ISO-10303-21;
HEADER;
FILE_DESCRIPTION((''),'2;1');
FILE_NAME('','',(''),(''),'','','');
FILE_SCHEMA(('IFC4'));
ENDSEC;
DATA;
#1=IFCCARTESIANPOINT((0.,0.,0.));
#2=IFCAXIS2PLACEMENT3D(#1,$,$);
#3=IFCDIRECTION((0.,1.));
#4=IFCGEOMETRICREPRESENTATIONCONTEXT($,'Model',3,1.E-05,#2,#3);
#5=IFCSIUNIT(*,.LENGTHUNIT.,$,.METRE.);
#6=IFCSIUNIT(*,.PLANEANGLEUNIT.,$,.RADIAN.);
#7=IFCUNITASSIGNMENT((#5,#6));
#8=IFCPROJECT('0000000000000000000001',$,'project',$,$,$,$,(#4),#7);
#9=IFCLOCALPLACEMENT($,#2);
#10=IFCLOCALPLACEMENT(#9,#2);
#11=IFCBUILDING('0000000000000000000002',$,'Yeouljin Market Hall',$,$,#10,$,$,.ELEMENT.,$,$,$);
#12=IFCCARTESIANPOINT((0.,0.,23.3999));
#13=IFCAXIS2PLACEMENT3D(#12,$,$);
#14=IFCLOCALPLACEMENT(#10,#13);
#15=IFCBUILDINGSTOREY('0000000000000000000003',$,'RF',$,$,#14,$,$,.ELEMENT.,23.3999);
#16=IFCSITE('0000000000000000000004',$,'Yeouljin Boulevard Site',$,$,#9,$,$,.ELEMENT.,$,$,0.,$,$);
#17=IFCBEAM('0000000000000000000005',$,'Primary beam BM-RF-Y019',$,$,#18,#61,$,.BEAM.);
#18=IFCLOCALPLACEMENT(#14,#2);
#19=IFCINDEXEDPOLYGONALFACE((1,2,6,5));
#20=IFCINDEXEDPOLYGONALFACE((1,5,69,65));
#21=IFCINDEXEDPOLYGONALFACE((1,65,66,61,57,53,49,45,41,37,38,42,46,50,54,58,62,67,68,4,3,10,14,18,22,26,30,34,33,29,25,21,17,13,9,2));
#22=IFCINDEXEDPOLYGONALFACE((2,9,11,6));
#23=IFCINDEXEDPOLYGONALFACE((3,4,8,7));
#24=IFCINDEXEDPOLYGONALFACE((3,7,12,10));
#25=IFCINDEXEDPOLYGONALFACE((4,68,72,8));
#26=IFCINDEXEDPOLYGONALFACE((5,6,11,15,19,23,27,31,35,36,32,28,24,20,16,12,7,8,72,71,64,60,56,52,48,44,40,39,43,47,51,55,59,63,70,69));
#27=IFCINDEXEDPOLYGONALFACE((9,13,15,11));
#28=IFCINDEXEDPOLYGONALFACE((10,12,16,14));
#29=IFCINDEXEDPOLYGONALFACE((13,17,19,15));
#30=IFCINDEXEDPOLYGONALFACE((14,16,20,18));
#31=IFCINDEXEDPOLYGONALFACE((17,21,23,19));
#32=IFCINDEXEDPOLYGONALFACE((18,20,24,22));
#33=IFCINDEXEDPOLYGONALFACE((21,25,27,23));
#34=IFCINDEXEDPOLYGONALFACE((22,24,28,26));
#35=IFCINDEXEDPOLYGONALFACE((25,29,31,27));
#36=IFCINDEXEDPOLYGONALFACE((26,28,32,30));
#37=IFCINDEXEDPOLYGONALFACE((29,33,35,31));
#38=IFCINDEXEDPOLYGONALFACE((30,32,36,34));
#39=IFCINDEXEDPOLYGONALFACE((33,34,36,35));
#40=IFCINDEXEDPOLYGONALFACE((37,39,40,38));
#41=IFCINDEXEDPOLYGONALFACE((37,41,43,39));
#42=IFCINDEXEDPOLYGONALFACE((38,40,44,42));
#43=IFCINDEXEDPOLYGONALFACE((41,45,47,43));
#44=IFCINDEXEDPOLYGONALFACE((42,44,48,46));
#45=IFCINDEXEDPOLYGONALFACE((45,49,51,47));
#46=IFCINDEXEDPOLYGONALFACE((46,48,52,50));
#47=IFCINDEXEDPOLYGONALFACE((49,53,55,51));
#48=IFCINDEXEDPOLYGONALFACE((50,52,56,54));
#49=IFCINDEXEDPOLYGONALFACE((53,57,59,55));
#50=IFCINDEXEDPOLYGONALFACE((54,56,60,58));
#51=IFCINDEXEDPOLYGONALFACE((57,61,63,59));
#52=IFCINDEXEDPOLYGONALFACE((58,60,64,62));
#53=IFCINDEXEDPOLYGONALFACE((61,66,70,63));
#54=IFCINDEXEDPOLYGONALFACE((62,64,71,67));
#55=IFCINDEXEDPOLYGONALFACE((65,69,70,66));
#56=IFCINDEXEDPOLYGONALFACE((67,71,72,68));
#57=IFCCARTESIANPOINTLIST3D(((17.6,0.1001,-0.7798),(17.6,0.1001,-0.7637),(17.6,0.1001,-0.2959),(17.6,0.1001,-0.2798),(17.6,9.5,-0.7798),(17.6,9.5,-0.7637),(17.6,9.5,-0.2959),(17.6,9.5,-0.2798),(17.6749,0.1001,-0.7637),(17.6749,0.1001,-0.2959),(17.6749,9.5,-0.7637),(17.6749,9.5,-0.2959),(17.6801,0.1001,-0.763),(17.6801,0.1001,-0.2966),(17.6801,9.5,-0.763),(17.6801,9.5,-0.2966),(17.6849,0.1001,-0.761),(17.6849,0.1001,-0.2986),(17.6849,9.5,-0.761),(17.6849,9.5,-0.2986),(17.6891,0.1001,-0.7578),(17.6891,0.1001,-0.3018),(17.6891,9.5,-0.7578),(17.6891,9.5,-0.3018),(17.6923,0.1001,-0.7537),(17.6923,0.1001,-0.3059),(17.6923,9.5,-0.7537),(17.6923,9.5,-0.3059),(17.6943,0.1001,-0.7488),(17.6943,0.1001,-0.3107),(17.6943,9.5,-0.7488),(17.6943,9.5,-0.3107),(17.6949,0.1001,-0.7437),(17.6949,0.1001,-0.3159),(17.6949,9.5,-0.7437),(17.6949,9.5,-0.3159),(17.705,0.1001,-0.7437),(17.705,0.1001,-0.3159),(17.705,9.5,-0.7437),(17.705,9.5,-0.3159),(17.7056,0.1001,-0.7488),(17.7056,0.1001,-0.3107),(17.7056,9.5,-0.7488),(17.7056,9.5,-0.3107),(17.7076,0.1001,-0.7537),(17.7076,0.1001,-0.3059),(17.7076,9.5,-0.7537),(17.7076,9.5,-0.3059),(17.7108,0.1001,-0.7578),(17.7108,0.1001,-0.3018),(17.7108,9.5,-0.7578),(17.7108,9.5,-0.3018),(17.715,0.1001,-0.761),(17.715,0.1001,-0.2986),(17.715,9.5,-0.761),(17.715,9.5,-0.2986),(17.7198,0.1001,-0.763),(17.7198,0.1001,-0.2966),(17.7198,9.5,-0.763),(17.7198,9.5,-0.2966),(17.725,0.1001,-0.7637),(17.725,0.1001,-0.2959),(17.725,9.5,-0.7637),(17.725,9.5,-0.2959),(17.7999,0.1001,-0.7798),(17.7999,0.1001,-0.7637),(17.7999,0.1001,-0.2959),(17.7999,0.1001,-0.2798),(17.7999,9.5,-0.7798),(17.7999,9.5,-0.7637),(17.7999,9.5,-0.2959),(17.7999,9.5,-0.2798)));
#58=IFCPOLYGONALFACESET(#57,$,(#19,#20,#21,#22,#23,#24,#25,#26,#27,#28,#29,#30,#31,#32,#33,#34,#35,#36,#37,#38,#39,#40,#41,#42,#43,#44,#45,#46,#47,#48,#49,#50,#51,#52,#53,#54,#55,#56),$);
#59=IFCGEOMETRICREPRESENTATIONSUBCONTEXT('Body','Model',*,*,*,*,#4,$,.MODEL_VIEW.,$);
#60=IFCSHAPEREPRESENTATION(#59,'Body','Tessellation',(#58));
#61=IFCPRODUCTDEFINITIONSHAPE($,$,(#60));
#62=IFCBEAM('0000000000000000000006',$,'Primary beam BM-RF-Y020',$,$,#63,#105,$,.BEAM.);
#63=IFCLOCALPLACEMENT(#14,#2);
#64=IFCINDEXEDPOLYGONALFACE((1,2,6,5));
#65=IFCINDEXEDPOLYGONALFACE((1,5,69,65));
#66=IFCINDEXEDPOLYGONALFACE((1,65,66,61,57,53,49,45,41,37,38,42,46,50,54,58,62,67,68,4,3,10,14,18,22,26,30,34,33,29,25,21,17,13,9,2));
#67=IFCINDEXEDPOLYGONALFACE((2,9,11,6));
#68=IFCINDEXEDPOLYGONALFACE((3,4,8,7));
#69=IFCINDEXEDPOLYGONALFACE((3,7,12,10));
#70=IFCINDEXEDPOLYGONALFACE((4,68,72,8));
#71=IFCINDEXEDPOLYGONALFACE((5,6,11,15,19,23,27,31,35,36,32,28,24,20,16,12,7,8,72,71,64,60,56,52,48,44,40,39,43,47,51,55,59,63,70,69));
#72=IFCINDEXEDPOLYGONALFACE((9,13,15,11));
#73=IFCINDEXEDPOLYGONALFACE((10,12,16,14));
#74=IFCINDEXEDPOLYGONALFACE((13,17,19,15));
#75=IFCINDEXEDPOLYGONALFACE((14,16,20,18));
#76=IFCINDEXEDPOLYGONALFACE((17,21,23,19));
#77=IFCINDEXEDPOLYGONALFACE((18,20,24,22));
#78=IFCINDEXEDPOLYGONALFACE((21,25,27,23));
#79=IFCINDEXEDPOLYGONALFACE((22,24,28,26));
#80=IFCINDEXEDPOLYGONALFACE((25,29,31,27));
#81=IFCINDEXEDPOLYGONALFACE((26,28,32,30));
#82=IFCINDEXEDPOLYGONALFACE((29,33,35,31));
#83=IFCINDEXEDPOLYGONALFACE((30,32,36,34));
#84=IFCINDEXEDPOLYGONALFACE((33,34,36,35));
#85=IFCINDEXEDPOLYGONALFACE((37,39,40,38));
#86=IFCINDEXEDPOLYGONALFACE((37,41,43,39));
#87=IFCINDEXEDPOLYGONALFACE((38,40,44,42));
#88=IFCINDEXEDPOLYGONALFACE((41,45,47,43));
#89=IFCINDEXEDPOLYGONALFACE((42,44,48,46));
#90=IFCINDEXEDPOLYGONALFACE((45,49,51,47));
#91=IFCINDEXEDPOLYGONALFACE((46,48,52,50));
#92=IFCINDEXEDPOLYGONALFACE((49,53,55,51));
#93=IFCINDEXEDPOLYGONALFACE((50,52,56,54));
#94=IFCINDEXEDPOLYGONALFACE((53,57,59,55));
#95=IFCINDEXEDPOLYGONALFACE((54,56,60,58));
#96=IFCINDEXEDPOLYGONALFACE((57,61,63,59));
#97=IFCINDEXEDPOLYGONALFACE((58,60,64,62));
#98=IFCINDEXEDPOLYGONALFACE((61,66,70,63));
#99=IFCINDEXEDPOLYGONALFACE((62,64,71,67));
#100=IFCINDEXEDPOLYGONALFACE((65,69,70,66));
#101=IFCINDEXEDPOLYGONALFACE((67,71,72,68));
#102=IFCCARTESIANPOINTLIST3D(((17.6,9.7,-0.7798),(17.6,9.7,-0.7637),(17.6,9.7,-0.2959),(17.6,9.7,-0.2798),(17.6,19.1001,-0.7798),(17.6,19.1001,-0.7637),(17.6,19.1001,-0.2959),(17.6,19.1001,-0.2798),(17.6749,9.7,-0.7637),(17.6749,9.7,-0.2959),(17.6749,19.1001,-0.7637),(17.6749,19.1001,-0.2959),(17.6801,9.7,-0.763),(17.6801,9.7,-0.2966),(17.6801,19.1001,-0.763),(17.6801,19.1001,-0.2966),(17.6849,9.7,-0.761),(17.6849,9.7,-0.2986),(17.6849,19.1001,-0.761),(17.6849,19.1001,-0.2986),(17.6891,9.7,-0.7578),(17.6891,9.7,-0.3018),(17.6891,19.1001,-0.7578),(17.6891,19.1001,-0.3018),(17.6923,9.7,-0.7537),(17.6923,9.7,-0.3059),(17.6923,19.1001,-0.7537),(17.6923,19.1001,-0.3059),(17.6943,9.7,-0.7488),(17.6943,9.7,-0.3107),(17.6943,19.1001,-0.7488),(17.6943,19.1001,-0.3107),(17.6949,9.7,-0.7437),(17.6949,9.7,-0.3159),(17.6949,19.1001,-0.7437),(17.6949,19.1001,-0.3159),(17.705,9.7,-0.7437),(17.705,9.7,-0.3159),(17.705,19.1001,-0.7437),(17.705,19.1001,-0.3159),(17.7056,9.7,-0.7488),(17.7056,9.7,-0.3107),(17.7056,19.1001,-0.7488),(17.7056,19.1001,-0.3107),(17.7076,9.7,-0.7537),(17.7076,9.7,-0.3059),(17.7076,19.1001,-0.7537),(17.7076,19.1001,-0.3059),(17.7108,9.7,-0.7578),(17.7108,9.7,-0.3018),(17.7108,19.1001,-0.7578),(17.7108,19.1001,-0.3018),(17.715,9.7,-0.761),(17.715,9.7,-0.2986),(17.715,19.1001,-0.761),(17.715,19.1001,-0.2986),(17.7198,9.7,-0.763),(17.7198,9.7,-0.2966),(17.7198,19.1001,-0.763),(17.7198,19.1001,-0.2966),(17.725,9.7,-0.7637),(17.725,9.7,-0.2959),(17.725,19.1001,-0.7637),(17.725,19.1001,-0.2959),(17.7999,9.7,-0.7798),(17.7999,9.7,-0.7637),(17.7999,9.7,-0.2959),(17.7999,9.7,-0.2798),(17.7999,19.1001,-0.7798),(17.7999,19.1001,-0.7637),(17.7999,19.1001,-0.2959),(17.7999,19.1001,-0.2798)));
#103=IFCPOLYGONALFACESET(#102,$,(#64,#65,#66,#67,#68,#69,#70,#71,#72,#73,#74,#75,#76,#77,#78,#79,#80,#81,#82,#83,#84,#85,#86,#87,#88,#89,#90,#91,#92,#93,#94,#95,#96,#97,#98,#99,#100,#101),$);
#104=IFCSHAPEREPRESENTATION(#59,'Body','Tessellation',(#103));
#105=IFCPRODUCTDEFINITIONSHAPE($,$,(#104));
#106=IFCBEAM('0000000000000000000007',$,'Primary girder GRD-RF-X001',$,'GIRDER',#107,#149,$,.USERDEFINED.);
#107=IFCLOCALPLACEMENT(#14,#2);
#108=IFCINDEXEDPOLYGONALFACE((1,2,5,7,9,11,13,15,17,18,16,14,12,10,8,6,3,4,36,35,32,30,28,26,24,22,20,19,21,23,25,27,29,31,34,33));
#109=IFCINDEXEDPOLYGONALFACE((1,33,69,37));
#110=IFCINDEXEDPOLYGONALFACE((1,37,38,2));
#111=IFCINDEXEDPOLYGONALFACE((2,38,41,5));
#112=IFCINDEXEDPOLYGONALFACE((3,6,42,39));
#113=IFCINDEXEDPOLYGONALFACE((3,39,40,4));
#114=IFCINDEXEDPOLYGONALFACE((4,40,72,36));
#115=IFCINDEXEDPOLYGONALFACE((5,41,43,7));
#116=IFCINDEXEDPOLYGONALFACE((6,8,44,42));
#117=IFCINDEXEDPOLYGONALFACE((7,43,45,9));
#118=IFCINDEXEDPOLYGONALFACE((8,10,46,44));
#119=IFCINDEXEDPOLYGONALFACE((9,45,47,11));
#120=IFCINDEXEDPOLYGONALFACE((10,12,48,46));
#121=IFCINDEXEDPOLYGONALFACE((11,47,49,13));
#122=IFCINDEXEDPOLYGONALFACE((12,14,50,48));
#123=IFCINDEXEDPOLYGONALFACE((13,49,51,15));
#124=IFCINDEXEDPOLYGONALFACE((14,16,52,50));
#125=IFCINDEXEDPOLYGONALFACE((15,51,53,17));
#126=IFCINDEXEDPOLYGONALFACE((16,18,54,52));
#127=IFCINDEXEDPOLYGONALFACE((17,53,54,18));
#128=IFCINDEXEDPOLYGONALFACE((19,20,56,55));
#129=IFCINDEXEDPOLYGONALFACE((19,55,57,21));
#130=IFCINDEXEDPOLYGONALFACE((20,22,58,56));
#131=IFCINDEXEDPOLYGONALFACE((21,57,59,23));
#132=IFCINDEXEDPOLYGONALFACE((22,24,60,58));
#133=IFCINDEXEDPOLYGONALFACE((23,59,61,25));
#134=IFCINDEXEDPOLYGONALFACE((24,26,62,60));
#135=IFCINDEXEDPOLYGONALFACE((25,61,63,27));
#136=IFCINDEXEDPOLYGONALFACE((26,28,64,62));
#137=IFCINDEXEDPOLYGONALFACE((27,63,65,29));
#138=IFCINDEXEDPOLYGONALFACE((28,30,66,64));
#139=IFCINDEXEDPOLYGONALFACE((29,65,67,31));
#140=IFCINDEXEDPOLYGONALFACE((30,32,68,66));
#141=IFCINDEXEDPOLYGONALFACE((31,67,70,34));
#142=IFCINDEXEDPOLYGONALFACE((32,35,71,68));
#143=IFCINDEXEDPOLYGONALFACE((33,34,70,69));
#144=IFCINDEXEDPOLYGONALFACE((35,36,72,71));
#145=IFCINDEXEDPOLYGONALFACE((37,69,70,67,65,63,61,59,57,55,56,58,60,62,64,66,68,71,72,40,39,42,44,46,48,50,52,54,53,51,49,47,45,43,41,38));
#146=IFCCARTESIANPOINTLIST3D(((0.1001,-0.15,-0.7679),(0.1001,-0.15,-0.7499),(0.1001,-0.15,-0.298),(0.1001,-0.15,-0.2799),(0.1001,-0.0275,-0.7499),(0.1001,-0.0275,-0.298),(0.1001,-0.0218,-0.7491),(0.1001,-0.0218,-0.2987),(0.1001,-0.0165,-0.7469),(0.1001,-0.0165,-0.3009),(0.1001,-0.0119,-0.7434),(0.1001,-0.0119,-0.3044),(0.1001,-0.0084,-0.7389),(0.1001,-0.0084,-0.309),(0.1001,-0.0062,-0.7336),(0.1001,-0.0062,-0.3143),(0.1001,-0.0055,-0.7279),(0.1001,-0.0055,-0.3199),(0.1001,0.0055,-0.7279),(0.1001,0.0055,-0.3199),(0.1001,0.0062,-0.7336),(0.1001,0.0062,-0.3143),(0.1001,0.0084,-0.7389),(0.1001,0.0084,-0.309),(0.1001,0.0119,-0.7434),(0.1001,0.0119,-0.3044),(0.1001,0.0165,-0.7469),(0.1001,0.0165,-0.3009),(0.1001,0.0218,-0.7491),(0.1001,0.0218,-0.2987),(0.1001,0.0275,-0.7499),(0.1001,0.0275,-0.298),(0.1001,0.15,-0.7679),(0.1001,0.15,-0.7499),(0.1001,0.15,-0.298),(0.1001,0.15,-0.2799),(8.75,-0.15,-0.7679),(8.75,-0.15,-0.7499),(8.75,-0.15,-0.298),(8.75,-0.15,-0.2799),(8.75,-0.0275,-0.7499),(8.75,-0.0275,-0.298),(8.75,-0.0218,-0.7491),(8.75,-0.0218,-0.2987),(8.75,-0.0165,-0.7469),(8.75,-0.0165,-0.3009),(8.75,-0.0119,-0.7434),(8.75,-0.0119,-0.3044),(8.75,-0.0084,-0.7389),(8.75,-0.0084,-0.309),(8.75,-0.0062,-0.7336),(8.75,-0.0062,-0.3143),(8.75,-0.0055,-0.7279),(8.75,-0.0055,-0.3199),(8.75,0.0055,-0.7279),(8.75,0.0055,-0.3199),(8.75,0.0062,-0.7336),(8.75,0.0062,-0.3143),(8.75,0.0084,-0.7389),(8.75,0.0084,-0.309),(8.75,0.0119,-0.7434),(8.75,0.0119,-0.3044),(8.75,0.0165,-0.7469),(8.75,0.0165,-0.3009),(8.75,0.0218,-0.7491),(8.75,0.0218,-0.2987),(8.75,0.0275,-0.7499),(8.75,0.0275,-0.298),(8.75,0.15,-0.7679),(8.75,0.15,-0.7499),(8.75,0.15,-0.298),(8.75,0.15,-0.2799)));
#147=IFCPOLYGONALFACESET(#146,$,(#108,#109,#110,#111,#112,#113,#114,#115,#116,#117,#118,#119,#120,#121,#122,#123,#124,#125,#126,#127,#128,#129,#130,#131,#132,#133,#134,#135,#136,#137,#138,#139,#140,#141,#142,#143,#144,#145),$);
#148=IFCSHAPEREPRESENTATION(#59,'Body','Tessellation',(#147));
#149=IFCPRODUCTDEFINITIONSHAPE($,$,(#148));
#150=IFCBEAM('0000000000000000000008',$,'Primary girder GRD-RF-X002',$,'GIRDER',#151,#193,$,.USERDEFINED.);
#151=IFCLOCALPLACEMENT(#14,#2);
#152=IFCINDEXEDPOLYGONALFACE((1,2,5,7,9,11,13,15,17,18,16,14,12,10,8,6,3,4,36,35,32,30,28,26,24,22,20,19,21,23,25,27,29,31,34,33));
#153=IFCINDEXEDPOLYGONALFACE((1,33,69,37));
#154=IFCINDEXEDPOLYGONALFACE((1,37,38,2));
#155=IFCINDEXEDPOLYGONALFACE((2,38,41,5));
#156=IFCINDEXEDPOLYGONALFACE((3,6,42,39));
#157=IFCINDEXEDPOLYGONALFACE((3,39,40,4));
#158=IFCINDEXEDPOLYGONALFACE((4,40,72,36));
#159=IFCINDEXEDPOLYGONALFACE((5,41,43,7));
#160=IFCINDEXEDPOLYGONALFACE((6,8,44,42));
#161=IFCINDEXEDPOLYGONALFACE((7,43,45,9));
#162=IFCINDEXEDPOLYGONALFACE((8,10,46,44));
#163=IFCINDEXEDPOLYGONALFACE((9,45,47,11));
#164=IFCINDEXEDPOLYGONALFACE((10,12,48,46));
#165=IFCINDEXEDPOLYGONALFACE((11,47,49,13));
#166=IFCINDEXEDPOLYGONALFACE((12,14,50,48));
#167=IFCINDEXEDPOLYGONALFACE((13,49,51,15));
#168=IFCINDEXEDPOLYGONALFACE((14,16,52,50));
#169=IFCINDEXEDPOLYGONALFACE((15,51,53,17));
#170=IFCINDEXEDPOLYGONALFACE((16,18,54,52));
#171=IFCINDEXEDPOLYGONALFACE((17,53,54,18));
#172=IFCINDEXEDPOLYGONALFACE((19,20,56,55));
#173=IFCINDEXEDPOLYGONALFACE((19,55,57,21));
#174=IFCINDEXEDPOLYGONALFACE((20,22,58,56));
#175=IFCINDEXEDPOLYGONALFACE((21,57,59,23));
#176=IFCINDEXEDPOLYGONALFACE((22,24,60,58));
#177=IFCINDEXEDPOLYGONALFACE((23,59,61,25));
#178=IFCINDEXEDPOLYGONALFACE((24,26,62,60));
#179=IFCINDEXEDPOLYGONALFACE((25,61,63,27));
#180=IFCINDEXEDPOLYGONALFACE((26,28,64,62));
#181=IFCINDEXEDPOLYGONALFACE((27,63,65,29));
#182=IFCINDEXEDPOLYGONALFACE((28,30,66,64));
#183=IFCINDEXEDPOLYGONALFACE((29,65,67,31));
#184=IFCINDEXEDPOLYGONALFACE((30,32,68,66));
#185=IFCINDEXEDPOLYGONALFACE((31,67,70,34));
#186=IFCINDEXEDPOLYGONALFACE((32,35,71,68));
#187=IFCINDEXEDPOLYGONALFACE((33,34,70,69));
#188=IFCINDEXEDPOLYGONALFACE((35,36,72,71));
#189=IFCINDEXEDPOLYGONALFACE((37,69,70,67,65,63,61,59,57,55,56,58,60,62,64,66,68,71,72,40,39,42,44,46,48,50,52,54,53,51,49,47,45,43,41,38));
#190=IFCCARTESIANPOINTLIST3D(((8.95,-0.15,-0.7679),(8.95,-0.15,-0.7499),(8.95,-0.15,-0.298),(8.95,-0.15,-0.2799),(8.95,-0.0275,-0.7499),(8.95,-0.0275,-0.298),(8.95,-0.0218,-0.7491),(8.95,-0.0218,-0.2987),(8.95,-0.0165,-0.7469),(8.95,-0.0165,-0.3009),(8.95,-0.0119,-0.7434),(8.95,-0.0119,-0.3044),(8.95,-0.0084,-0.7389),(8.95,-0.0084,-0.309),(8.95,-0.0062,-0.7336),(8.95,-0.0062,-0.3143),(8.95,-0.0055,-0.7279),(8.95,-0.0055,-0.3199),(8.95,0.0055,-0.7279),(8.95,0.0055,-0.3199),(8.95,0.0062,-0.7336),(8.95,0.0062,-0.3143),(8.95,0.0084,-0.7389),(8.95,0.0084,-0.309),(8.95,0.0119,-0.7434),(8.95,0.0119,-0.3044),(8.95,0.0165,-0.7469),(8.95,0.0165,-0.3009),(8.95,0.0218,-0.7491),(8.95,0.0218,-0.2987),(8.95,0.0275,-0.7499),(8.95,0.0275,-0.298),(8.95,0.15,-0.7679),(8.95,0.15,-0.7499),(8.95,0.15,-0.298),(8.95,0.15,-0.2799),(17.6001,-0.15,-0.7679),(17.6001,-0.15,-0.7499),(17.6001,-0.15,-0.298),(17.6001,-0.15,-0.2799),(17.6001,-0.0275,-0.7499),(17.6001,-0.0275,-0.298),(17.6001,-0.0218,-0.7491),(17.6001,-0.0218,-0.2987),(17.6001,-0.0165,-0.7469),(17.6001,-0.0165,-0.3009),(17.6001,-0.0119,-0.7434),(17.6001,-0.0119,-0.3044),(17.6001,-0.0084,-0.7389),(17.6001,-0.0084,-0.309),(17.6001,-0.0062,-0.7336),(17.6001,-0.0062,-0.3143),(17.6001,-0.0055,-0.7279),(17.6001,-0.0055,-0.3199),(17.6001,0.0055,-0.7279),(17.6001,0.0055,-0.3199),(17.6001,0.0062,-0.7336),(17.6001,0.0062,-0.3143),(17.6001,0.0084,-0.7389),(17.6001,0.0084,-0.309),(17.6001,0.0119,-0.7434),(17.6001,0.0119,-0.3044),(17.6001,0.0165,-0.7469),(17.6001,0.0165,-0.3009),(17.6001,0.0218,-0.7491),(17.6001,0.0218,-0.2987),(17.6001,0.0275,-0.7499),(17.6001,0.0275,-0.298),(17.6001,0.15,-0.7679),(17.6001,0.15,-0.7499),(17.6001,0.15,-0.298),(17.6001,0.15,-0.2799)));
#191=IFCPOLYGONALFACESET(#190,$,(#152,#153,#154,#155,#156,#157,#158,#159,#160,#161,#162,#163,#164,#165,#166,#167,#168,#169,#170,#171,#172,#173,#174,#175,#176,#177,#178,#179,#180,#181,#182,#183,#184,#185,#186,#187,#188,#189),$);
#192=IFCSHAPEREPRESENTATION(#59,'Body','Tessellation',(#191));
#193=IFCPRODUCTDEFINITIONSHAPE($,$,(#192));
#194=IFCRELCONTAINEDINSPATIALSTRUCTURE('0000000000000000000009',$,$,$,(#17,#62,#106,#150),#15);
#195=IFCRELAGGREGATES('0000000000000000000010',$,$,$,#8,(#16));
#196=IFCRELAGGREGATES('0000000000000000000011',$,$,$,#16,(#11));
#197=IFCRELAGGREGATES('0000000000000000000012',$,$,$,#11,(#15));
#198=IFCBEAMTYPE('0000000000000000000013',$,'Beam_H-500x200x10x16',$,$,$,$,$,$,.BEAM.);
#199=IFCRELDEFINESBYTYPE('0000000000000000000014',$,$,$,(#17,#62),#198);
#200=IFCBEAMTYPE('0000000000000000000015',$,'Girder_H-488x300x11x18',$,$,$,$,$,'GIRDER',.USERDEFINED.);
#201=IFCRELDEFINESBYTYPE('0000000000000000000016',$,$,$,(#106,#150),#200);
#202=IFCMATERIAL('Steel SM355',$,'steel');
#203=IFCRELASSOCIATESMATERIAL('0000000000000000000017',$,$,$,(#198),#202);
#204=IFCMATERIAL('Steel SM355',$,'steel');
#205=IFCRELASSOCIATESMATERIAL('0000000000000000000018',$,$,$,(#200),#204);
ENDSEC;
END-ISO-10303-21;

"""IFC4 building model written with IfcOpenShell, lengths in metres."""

from ifc_helpers import new_model, si_unit, direction, frame, origin, origin_2d, place, context, subcontext, project, spatial, i_section, extrude, material, material_profile, profile_set, type_object, element, save


model = new_model("IFC4")

# Units and contexts
model_context = context("Model", 3, precision=1e-05, world=origin(), true_north=direction((0.0, 1.0)))
body_context = subcontext(model_context, "Body", "Model", "MODEL_VIEW")
ifc_project = project(units=[si_unit("LENGTHUNIT", "METRE"), si_unit("PLANEANGLEUNIT", "RADIAN")], contexts=[model_context])

# Site, building, storey
site_placement = place(None, origin())
site = spatial("IfcSite", under=ifc_project, at=site_placement, Name="Yeouljin Boulevard Site", CompositionType="ELEMENT", RefElevation=0.0)
building_placement = place(site_placement, origin())
building = spatial("IfcBuilding", under=site, at=building_placement, Name="Yeouljin Market Hall", CompositionType="ELEMENT")
storey_placement = place(building_placement, frame((0.0, 0.0, 23.3999)))
storey = spatial("IfcBuildingStorey", under=building, at=storey_placement, Name="RF", CompositionType="ELEMENT", Elevation=23.3999)

# Beams
ifc_material_1 = material(Name="Steel SM355", Category="steel")
ifc_material_profile_1 = material_profile(ifc_material_1, i_section(OverallWidth=0.2, OverallDepth=0.5, WebThickness=0.01, FlangeThickness=0.0161, FilletRadius=0.02, at=origin_2d()), Name="H-500x200x10x16")
ifc_profile_set_1 = profile_set([ifc_material_profile_1], Name="Steel SM355")
beam_type_1 = type_object("IfcBeamType", Name="Beam_H-500x200x10x16", PredefinedType="BEAM", material=ifc_profile_set_1)
beam_1_placement = place(storey_placement, frame((17.7, 0.1001, -0.5298), z_axis=(0.0, 1.0, 0.0), x_axis=(-1.0, 0.0, 0.0)))
element("IfcBeam", 1, at=beam_1_placement, inside=storey, type_object=beam_type_1, Name="Primary beam BM-RF-Y019", PredefinedType="BEAM", context=body_context, shape_type="SweptSolid", body=[
    extrude(i_section(OverallWidth=0.2, OverallDepth=0.5, WebThickness=0.01, FlangeThickness=0.0161, FilletRadius=0.02, at=origin_2d()), origin(), (0.0, 0.0, 1.0), 9.3999),
])
beam_2_placement = place(storey_placement, frame((17.7, 9.7, -0.5298), z_axis=(0.0, 1.0, 0.0), x_axis=(-1.0, 0.0, 0.0)))
element("IfcBeam", 2, at=beam_2_placement, inside=storey, type_object=beam_type_1, Name="Primary beam BM-RF-Y020", PredefinedType="BEAM", context=body_context, shape_type="SweptSolid", body=[
    extrude(i_section(OverallWidth=0.2, OverallDepth=0.5, WebThickness=0.01, FlangeThickness=0.0161, FilletRadius=0.02, at=origin_2d()), origin(), (0.0, 0.0, 1.0), 9.4001),
])
ifc_material_2 = material(Name="Steel SM355", Category="steel")
ifc_material_profile_2 = material_profile(ifc_material_2, i_section(OverallWidth=0.3, OverallDepth=0.488, WebThickness=0.011, FlangeThickness=0.0181, FilletRadius=0.022, at=origin_2d()), Name="H-488x300x11x18")
ifc_profile_set_2 = profile_set([ifc_material_profile_2], Name="Steel SM355")
beam_type_2 = type_object("IfcBeamType", Name="Girder_H-488x300x11x18", ElementType="GIRDER", PredefinedType="USERDEFINED", material=ifc_profile_set_2)
beam_3_placement = place(storey_placement, frame((0.1001, 0.0, -0.5239), z_axis=(1.0, 0.0, 0.0), x_axis=(0.0, 1.0, 0.0)))
element("IfcBeam", 3, at=beam_3_placement, inside=storey, type_object=beam_type_2, Name="Primary girder GRD-RF-X001", ObjectType="GIRDER", PredefinedType="USERDEFINED", context=body_context, shape_type="SweptSolid", body=[
    extrude(i_section(OverallWidth=0.3, OverallDepth=0.488, WebThickness=0.011, FlangeThickness=0.0181, FilletRadius=0.022, at=origin_2d()), origin(), (0.0, 0.0, 1.0), 8.6499),
])
beam_4_placement = place(storey_placement, frame((8.95, 0.0, -0.5239), z_axis=(1.0, 0.0, 0.0), x_axis=(0.0, 1.0, 0.0)))
element("IfcBeam", 4, at=beam_4_placement, inside=storey, type_object=beam_type_2, Name="Primary girder GRD-RF-X002", ObjectType="GIRDER", PredefinedType="USERDEFINED", context=body_context, shape_type="SweptSolid", body=[
    extrude(i_section(OverallWidth=0.3, OverallDepth=0.488, WebThickness=0.011, FlangeThickness=0.0181, FilletRadius=0.022, at=origin_2d()), origin(), (0.0, 0.0, 1.0), 8.6501),
])

save(model, "model.ifc")
